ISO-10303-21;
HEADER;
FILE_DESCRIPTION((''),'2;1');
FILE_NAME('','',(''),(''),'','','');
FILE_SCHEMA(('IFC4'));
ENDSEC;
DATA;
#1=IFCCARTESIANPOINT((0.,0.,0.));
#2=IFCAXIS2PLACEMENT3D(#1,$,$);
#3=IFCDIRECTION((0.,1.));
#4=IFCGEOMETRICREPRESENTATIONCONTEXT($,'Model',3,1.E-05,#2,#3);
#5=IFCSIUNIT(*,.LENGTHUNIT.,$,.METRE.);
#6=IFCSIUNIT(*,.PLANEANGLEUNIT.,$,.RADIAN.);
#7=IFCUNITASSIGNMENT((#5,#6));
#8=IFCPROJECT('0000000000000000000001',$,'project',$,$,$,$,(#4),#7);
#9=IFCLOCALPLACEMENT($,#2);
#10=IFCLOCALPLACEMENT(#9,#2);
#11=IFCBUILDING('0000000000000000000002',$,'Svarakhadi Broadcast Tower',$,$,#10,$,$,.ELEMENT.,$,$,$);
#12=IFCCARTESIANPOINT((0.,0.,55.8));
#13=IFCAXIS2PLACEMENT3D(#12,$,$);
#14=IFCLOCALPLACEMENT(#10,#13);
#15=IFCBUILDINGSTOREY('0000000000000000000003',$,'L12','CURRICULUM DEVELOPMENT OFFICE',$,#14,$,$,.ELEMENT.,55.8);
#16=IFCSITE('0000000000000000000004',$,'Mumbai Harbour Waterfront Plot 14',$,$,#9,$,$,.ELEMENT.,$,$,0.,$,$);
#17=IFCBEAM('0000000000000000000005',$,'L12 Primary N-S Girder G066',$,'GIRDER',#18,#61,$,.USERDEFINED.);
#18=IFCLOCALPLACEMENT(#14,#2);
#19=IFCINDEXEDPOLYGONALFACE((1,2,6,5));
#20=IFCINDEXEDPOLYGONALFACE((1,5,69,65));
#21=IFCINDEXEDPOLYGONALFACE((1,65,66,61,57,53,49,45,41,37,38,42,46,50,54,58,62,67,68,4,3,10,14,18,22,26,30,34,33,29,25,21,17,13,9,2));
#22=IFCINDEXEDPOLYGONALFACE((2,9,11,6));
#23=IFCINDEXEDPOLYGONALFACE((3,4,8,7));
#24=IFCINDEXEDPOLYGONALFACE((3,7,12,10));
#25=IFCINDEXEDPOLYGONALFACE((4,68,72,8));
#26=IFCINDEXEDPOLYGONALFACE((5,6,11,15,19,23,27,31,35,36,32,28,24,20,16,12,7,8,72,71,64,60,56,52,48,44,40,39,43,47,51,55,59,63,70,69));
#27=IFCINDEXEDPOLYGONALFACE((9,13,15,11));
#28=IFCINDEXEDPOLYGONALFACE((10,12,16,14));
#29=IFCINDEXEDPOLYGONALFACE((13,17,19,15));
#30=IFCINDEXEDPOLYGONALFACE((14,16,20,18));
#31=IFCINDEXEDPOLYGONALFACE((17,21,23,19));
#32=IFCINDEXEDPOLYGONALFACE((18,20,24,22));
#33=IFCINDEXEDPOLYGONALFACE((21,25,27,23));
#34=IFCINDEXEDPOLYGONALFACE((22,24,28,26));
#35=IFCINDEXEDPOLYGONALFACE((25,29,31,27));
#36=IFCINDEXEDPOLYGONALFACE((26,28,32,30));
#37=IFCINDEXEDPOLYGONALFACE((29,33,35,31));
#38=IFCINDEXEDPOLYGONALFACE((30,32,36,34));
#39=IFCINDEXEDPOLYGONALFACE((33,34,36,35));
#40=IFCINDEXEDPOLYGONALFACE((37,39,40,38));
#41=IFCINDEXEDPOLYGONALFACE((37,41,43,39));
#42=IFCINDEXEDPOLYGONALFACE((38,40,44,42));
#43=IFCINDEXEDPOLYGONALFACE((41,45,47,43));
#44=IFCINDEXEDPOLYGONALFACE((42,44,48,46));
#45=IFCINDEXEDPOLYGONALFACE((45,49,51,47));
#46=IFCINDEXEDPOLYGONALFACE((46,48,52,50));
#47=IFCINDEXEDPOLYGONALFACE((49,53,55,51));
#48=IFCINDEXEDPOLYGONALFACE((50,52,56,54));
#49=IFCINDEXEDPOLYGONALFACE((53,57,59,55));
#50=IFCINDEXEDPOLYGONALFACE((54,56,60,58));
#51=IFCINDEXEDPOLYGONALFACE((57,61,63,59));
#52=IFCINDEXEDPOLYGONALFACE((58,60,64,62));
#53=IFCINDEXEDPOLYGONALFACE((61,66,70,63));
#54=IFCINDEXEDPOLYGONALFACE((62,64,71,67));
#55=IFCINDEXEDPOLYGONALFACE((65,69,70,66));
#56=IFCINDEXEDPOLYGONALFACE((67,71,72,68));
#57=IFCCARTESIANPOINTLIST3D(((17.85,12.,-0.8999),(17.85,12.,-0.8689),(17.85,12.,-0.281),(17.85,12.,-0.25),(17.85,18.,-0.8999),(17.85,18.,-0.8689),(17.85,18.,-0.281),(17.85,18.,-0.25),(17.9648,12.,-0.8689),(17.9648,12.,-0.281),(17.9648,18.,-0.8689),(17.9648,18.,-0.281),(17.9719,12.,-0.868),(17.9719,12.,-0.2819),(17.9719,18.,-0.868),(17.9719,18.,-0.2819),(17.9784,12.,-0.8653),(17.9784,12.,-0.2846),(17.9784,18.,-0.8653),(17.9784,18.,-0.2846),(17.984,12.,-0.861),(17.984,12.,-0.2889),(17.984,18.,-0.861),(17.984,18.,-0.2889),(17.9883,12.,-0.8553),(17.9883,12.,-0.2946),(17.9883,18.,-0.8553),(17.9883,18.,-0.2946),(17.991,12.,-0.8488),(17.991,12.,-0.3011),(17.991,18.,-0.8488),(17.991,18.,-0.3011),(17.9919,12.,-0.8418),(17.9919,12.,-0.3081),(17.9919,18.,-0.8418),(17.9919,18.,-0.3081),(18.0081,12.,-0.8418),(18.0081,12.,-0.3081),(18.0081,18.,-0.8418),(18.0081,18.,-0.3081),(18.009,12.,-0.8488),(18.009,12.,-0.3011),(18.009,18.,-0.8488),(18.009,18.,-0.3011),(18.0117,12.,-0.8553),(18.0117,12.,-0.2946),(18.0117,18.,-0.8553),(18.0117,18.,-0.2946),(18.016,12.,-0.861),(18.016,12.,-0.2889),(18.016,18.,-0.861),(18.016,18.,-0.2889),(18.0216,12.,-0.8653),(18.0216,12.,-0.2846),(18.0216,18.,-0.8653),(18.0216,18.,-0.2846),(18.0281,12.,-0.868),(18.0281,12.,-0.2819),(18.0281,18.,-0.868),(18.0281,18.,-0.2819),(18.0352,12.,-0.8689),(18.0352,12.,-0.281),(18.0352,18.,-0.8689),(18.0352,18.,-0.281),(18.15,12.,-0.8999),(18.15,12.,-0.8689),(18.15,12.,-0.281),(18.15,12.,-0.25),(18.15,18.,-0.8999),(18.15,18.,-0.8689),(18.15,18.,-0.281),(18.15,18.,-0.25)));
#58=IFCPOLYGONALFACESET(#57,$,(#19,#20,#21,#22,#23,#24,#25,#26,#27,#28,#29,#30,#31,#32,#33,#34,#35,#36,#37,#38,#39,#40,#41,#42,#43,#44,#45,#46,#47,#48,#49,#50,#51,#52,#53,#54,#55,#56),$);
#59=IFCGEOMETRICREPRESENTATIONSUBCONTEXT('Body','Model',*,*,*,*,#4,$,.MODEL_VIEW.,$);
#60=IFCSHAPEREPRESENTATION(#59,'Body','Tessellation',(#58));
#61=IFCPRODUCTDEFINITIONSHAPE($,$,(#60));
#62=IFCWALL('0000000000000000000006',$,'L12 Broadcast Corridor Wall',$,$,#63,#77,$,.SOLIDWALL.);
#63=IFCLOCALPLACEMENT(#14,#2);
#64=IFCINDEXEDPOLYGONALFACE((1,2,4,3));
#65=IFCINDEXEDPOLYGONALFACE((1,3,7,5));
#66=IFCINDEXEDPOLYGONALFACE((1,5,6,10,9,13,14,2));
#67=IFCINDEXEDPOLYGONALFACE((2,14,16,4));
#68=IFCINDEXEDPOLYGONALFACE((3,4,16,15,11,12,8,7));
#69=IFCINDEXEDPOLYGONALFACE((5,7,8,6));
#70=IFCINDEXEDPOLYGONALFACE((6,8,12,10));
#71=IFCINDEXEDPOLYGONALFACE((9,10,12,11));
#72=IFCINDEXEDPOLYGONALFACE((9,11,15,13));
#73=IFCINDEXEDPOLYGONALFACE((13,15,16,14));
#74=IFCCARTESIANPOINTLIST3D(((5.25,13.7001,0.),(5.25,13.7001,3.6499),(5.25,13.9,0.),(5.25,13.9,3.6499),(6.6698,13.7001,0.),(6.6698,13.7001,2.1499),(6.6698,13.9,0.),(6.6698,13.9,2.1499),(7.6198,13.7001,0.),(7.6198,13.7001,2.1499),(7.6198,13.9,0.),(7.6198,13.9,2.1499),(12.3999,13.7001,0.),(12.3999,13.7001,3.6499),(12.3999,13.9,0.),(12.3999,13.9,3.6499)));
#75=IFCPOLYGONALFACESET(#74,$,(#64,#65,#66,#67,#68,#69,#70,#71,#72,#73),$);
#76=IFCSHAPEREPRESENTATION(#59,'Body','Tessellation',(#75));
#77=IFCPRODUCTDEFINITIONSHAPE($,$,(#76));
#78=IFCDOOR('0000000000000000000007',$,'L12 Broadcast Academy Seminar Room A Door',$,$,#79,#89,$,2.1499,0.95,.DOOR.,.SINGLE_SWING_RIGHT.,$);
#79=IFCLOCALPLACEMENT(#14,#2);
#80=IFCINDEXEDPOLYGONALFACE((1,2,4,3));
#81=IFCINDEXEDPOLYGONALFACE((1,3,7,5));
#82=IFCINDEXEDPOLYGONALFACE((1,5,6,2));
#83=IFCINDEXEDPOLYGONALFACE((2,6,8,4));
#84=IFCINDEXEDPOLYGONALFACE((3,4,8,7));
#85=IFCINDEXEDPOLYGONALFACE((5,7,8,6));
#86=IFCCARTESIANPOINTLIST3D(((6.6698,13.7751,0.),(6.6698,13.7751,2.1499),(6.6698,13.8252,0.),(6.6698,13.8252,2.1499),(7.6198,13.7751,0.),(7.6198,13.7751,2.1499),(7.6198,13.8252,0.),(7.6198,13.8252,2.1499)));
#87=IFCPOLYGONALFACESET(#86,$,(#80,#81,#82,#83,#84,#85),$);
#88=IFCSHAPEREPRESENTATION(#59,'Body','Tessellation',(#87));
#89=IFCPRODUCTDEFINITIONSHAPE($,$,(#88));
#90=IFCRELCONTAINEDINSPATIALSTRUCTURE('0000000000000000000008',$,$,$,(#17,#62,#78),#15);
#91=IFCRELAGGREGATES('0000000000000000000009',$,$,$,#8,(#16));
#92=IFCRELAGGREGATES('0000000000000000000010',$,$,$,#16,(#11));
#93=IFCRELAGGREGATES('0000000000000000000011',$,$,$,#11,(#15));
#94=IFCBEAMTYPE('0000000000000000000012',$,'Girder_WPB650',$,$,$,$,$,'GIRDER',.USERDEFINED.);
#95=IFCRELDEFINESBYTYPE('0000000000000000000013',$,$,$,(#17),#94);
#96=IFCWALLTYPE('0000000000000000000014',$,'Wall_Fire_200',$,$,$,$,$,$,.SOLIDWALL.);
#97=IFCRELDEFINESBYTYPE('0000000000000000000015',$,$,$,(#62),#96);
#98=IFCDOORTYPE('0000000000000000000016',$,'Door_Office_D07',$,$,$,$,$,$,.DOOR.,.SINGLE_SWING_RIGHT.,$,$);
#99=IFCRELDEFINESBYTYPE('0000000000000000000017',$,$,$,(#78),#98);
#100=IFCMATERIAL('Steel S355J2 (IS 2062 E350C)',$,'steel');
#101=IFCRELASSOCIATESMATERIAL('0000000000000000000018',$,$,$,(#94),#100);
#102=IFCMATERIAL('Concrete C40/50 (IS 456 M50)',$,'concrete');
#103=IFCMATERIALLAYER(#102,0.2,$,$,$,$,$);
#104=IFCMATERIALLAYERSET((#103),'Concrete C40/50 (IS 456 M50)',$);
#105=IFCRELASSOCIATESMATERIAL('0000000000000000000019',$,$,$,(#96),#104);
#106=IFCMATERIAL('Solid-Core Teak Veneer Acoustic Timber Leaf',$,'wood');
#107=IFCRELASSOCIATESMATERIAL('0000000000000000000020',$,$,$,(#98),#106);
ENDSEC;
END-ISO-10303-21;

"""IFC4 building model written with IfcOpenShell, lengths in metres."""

from ifc_helpers import new_model, si_unit, direction, frame, frame_2d, origin, origin_2d, place, context, subcontext, project, spatial, rectangle, i_section, extrude, material, layer, layer_set, material_profile, profile_set, type_object, element, fill, save


model = new_model("IFC4")

# Units and contexts
model_context = context("Model", 3, precision=1e-05, world=origin(), true_north=direction((0.0, 1.0)))
body_context = subcontext(model_context, "Body", "Model", "MODEL_VIEW")
ifc_project = project(units=[si_unit("LENGTHUNIT", "METRE"), si_unit("PLANEANGLEUNIT", "RADIAN")], contexts=[model_context])

# Site, building, storey
site_placement = place(None, origin())
site = spatial("IfcSite", under=ifc_project, at=site_placement, Name="Mumbai Harbour Waterfront Plot 14", CompositionType="ELEMENT", RefElevation=0.0)
building_placement = place(site_placement, origin())
building = spatial("IfcBuilding", under=site, at=building_placement, Name="Svarakhadi Broadcast Tower", CompositionType="ELEMENT")
storey_placement = place(building_placement, frame((0.0, 0.0, 55.8)))
storey = spatial("IfcBuildingStorey", under=building, at=storey_placement, Name="L12", Description="CURRICULUM DEVELOPMENT OFFICE", CompositionType="ELEMENT", Elevation=55.8)

# Beam
ifc_material_1 = material(Name="Steel S355J2 (IS 2062 E350C)", Category="steel")
ifc_material_profile_1 = material_profile(ifc_material_1, i_section(OverallWidth=0.3, OverallDepth=0.6499, WebThickness=0.0161, FlangeThickness=0.031, FilletRadius=0.0271, at=origin_2d()), Name="WPB 650x300x225")
ifc_profile_set_1 = profile_set([ifc_material_profile_1], Name="Steel S355J2 (IS 2062 E350C)")
beam_type_1 = type_object("IfcBeamType", Name="Girder_WPB650", ElementType="GIRDER", PredefinedType="USERDEFINED", material=ifc_profile_set_1)
for number, where, z_axis, x_axis, name in (
    (1, (18.0, 12.0, -0.575), (0.0, 1.0, 0.0), (-1.0, 0.0, 0.0), "L12 Primary N-S Girder G066"),
):
    element("IfcBeam", number, at=place(storey_placement, frame(where, z_axis=z_axis, x_axis=x_axis)), inside=storey, type_object=beam_type_1, Name=name, ObjectType="GIRDER", PredefinedType="USERDEFINED", context=body_context, shape_type="SweptSolid", body=[
        extrude(i_section(OverallWidth=0.3, OverallDepth=0.6499, WebThickness=0.0161, FlangeThickness=0.031, FilletRadius=0.0271, at=origin_2d()), origin(), (0.0, 0.0, 1.0), 6.0),
    ])

# Wall, opening, door
ifc_material_2 = material(Name="Concrete C40/50 (IS 456 M50)", Category="concrete")
ifc_layer = layer(ifc_material_2, 0.2)
ifc_layer_set = layer_set([ifc_layer], Name="Concrete C40/50 (IS 456 M50)")
wall_type = type_object("IfcWallType", Name="Wall_Fire_200", PredefinedType="SOLIDWALL", material=ifc_layer_set)
wall_placement = place(storey_placement, frame((12.3999, 13.8, 0.0), z_axis=(0.0, 0.0, 1.0), x_axis=(-1.0, 0.0, 0.0)))
wall = element("IfcWall", 2, at=wall_placement, inside=storey, type_object=wall_type, Name="L12 Broadcast Corridor Wall", PredefinedType="SOLIDWALL", context=body_context, shape_type="SweptSolid", body=[
    extrude(rectangle(XDim=7.1499, YDim=0.2, at=frame_2d((3.575, 0.0))), origin(), (0.0, 0.0, 1.0), 3.6499),
])
opening_placement = place(wall_placement, frame((4.78, 0.0, 0.0)))
opening = element("IfcOpeningElement", 3, at=opening_placement, cuts=wall, PredefinedType="OPENING", context=body_context, shape_type="SweptSolid", body=[
    extrude(rectangle(XDim=0.95, YDim=2.1499, at=frame_2d((0.4751, 1.075))), frame((0.0, 0.1099, 0.0), z_axis=(0.0, -1.0, 0.0), x_axis=(1.0, 0.0, 0.0)), (0.0, 0.0, 1.0), 0.22),
])
ifc_material_3 = material(Name="Solid-Core Teak Veneer Acoustic Timber Leaf", Category="wood")
door_type = type_object("IfcDoorType", Name="Door_Office_D07", OperationType="SINGLE_SWING_RIGHT", PredefinedType="DOOR", material=ifc_material_3)
door_placement = place(opening_placement, origin())
door = element("IfcDoor", 4, at=door_placement, inside=storey, type_object=door_type, Name="L12 Broadcast Academy Seminar Room A Door", OperationType="SINGLE_SWING_RIGHT", OverallHeight=2.1499, OverallWidth=0.95, PredefinedType="DOOR", context=body_context, shape_type="SweptSolid", body=[
    extrude(rectangle(XDim=0.95, YDim=2.1499, at=frame_2d((0.4751, 1.075))), frame((0.0, 0.0249, 0.0), z_axis=(0.0, -1.0, 0.0), x_axis=(1.0, 0.0, 0.0)), (0.0, 0.0, 1.0), 0.05),
])
fill(opening, door)

save(model, "model.ifc")
